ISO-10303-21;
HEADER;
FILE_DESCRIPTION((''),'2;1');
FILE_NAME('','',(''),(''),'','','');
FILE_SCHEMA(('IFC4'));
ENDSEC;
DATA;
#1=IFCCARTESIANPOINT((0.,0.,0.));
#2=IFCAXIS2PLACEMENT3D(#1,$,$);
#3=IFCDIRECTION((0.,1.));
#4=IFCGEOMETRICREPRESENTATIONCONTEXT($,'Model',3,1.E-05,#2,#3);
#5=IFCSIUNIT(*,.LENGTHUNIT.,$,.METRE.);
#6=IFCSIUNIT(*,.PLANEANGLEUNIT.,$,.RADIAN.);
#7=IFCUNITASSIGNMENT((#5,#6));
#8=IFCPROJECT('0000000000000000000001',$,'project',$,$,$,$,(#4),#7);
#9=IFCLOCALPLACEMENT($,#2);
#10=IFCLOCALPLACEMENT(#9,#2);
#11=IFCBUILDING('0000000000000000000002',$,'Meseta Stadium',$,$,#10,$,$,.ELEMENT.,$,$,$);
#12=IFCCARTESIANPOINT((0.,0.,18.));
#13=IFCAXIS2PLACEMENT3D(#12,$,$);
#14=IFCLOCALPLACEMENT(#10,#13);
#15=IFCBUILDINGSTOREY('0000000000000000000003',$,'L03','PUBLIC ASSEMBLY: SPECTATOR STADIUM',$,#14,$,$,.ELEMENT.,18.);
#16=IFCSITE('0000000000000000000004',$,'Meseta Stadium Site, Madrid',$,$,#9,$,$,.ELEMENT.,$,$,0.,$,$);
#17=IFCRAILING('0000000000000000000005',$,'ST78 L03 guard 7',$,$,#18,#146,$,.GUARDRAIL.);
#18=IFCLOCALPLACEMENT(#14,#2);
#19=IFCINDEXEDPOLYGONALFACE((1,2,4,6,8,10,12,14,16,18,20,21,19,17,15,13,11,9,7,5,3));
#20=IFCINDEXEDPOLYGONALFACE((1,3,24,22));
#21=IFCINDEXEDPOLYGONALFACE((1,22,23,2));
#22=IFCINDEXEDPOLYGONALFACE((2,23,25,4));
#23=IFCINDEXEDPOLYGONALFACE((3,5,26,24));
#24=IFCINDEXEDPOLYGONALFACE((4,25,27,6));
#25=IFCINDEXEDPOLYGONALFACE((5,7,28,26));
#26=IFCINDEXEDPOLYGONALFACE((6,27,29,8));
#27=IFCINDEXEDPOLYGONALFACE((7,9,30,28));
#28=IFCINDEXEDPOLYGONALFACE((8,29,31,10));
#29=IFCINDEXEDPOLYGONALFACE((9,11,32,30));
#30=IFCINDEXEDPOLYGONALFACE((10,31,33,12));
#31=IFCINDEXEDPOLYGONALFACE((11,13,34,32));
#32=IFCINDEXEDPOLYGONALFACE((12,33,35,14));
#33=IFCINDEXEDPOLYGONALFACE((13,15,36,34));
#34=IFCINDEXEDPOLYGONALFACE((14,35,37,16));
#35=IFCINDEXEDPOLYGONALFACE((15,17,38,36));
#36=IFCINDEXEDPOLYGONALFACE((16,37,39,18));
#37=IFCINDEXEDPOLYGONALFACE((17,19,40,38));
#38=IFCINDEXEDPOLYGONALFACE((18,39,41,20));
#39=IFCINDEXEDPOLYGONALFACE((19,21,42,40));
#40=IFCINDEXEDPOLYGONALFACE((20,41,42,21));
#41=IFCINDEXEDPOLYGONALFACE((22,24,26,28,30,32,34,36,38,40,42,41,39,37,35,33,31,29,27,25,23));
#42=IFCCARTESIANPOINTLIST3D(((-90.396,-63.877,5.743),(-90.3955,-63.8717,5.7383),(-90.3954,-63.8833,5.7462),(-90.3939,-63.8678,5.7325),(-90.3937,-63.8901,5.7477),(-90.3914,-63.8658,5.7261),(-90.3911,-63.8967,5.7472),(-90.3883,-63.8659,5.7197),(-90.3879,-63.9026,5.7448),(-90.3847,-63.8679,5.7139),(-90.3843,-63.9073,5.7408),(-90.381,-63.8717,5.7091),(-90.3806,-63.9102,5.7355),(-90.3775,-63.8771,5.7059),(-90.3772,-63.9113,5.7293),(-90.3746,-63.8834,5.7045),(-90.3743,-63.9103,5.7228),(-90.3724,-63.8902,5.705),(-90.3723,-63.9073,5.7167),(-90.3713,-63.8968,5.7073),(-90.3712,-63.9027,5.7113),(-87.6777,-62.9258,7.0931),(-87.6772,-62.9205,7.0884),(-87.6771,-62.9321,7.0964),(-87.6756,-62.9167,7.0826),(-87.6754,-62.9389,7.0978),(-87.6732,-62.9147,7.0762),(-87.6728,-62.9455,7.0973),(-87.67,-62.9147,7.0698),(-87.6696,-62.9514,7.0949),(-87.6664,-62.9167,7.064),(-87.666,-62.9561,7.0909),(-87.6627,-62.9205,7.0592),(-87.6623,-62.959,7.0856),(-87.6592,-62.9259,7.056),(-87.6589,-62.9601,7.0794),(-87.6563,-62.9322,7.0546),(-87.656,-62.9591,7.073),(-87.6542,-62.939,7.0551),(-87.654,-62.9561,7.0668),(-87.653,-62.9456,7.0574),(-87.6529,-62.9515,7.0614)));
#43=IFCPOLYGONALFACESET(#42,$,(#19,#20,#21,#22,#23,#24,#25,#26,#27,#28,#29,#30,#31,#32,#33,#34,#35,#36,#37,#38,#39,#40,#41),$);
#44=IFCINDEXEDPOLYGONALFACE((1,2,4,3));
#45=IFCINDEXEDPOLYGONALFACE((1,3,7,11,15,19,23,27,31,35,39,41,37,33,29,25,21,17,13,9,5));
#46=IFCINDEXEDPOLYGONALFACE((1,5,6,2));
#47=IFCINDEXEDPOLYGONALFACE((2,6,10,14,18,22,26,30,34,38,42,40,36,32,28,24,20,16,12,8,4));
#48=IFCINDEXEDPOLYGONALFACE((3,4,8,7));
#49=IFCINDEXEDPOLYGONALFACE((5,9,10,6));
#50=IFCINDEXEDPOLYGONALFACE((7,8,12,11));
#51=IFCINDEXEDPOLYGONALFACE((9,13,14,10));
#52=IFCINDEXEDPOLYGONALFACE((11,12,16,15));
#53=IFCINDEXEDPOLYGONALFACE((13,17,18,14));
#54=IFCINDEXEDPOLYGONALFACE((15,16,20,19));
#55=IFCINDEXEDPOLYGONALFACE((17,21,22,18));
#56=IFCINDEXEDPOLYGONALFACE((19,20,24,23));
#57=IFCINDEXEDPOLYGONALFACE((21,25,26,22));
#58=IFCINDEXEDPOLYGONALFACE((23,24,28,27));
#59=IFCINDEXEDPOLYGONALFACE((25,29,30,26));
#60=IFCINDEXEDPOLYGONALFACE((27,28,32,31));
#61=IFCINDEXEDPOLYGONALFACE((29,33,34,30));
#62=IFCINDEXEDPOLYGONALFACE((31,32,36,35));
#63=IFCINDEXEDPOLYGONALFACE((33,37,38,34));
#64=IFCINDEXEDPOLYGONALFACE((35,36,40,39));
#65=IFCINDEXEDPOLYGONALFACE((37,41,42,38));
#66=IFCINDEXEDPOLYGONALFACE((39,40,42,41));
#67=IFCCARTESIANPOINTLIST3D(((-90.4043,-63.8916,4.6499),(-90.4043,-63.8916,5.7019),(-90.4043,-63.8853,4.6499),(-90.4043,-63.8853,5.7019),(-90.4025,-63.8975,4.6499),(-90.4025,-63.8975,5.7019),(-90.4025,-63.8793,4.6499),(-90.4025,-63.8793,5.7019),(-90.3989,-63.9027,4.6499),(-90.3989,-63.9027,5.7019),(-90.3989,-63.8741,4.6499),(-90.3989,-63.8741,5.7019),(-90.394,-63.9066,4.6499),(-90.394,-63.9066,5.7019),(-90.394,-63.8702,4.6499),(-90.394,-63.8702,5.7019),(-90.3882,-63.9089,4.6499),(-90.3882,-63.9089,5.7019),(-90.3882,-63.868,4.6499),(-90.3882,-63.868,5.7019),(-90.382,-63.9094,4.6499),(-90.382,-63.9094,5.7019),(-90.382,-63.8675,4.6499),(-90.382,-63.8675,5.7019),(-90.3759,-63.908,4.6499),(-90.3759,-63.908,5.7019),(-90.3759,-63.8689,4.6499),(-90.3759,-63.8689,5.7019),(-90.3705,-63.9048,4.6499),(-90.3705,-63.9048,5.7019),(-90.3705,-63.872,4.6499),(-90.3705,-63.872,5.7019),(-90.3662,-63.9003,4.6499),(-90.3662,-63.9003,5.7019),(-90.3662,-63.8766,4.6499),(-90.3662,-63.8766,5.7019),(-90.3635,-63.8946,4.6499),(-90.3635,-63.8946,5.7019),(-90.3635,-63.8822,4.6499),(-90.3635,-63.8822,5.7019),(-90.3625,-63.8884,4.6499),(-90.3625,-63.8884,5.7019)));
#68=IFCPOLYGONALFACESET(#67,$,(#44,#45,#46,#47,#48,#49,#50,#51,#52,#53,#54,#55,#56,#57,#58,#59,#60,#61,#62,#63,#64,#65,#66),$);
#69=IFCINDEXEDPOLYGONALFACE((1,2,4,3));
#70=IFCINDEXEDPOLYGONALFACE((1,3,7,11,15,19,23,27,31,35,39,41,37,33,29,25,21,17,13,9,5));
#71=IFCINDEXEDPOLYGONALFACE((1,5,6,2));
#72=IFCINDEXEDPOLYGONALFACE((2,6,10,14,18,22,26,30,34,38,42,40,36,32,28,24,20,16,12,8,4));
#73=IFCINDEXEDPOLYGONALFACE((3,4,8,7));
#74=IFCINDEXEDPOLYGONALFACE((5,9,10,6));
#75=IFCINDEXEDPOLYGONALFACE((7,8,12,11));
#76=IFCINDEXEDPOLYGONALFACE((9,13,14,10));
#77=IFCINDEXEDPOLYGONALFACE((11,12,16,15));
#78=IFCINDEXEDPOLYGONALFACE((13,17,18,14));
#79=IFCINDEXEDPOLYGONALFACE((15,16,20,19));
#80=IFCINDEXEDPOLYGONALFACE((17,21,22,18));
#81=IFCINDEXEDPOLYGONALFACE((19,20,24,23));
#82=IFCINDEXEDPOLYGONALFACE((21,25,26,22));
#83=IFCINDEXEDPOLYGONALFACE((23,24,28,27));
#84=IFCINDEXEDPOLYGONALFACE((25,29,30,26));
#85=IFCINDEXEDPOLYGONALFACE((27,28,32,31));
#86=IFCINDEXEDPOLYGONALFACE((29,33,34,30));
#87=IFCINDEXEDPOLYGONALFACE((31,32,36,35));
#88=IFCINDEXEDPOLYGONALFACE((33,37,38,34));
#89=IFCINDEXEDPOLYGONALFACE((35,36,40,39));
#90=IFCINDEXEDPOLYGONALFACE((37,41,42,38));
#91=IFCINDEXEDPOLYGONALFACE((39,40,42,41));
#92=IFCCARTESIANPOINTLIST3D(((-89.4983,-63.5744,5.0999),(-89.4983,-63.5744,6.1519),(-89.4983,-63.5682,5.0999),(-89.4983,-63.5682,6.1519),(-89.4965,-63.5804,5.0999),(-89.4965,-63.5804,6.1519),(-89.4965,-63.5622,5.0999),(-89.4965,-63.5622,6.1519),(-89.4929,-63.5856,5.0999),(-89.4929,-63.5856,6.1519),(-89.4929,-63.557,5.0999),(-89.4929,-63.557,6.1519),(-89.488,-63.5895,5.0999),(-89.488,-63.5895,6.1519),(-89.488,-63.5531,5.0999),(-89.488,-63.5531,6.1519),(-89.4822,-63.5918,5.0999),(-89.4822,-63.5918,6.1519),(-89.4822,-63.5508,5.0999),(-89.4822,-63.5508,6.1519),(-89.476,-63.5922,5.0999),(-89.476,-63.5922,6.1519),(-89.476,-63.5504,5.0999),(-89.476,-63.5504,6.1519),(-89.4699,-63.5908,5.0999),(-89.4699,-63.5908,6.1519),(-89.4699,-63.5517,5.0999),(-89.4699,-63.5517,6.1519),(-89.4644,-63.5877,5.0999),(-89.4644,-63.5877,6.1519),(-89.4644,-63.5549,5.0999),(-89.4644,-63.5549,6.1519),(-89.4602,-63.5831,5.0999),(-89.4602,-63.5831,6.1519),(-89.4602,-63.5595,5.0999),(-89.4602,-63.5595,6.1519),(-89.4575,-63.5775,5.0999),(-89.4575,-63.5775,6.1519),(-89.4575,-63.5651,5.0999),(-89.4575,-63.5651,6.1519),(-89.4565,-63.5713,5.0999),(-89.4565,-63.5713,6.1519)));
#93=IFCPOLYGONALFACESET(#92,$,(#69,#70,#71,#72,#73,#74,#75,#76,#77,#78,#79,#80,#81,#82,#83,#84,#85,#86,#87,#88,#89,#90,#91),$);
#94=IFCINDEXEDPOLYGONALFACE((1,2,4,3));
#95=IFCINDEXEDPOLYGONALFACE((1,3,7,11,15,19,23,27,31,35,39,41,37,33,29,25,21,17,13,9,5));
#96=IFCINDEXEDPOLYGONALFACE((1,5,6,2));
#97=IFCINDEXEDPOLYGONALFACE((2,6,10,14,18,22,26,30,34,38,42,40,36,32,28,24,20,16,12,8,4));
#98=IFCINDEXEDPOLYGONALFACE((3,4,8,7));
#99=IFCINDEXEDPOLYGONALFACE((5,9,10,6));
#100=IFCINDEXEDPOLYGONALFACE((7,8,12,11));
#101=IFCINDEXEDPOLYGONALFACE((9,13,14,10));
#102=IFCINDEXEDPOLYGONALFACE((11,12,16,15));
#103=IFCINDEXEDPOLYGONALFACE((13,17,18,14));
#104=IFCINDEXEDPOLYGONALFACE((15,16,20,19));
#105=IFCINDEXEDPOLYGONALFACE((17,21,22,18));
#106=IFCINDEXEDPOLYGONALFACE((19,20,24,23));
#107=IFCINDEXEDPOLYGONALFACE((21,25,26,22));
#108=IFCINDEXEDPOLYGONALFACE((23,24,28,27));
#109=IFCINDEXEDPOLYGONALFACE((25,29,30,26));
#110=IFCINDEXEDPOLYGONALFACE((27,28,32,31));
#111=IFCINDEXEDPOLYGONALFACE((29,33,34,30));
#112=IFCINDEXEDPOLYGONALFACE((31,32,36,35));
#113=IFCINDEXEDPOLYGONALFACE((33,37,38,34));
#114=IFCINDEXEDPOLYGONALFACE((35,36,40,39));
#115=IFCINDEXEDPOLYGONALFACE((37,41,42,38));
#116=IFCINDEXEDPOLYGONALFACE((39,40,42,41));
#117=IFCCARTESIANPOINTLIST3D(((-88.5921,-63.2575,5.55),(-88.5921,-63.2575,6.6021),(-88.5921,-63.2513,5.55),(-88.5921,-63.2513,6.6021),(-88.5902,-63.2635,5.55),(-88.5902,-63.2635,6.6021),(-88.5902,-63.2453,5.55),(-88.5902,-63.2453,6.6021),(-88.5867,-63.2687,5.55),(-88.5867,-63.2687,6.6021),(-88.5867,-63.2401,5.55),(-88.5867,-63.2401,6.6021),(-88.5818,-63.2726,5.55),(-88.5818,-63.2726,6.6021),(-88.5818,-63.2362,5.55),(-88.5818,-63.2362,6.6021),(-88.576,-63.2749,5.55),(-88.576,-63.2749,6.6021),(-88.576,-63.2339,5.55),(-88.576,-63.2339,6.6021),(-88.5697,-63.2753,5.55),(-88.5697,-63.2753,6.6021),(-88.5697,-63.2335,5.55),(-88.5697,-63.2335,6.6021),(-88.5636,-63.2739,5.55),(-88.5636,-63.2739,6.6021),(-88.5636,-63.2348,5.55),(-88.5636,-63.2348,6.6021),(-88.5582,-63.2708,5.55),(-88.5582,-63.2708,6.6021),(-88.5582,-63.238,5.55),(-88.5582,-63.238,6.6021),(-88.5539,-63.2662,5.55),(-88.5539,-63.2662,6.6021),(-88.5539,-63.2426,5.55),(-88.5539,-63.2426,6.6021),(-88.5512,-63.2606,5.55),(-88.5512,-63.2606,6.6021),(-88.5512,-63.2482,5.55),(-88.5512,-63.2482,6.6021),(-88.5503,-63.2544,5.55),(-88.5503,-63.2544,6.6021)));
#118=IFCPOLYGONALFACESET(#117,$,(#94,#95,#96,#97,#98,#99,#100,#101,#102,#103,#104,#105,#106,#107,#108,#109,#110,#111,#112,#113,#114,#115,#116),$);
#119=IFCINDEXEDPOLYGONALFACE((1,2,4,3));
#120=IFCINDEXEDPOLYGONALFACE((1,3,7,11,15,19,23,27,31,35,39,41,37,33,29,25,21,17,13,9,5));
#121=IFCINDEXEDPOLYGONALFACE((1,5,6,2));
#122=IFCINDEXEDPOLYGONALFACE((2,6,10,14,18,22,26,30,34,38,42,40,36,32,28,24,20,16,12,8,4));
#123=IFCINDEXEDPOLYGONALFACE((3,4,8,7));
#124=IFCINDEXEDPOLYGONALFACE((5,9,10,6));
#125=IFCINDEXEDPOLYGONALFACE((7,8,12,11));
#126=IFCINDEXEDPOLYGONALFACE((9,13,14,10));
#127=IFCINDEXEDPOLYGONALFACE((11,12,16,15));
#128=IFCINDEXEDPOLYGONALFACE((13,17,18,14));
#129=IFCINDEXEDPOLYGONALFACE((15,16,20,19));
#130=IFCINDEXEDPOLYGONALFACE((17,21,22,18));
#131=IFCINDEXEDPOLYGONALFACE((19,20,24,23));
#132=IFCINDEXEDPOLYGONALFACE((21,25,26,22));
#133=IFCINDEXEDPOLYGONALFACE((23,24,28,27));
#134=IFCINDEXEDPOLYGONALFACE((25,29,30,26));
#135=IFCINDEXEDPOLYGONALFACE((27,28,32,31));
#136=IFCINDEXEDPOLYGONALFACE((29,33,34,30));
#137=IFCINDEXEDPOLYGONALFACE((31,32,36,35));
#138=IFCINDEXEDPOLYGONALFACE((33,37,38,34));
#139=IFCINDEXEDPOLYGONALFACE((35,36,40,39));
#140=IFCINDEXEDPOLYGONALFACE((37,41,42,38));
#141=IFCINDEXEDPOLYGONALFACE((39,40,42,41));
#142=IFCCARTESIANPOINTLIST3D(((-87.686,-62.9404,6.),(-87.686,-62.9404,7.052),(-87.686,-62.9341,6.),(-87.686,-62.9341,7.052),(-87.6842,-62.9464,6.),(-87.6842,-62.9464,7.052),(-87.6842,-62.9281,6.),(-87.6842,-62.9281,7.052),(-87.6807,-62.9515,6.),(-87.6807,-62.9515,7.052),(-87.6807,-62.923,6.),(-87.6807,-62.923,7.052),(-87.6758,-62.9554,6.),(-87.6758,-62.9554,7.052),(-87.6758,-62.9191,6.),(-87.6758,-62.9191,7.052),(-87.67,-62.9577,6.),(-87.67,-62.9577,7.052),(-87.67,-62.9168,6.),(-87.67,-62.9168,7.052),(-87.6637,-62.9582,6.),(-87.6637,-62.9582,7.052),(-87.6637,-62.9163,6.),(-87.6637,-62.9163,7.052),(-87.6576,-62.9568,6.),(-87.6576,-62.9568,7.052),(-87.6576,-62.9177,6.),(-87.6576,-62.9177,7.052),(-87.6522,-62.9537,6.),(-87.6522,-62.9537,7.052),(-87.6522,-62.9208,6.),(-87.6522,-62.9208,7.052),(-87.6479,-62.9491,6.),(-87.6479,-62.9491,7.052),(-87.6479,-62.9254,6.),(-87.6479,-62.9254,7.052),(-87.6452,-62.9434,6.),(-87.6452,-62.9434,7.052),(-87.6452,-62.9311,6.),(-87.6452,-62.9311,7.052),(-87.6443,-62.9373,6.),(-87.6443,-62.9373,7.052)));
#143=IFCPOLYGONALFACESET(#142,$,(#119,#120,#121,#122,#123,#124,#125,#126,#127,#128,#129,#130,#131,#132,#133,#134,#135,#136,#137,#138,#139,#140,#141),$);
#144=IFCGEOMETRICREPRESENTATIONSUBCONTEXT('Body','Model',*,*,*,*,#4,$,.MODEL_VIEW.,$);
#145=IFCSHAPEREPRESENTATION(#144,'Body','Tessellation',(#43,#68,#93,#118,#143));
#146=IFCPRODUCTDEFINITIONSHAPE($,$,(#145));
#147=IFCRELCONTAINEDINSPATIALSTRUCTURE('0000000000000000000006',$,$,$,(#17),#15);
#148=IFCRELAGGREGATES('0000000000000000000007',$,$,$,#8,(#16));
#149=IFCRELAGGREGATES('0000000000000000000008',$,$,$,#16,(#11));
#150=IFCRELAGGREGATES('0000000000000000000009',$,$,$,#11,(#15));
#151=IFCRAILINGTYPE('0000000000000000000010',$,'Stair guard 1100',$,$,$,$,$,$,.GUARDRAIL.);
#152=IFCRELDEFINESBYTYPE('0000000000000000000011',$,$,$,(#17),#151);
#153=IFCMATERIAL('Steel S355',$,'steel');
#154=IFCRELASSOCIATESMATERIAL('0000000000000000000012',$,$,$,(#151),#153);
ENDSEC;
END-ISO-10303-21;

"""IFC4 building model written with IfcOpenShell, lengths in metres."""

from ifc_helpers import new_model, si_unit, direction, frame, origin, origin_2d, place, context, subcontext, project, spatial, circle, extrude, material, type_object, element, save


model = new_model("IFC4")

# Units and contexts
model_context = context("Model", 3, precision=1e-05, world=origin(), true_north=direction((0.0, 1.0)))
body_context = subcontext(model_context, "Body", "Model", "MODEL_VIEW")
ifc_project = project(units=[si_unit("LENGTHUNIT", "METRE"), si_unit("PLANEANGLEUNIT", "RADIAN")], contexts=[model_context])

# Site, building, storey
site_placement = place(None, origin())
site = spatial("IfcSite", under=ifc_project, at=site_placement, Name="Meseta Stadium Site, Madrid", CompositionType="ELEMENT", RefElevation=0.0)
building_placement = place(site_placement, origin())
building = spatial("IfcBuilding", under=site, at=building_placement, Name="Meseta Stadium", CompositionType="ELEMENT")
storey_placement = place(building_placement, frame((0.0, 0.0, 18.0)))
storey = spatial("IfcBuildingStorey", under=building, at=storey_placement, Name="L03", Description="PUBLIC ASSEMBLY: SPECTATOR STADIUM", CompositionType="ELEMENT", Elevation=18.0)

# Railing
ifc_material_1 = material(Name="Steel S355", Category="steel")
railing_type_1 = type_object("IfcRailingType", Name="Stair guard 1100", PredefinedType="GUARDRAIL", material=ifc_material_1)
railing_1_placement = place(storey_placement, frame((-90.3835, -63.8884, 4.6499)))
element("IfcRailing", 1, at=railing_1_placement, inside=storey, type_object=railing_type_1, Name="ST78 L03 guard 7", PredefinedType="GUARDRAIL", context=body_context, shape_type="SweptSolid", body=[
    extrude(circle(Radius=0.0239, at=origin_2d()), frame((0.0, 0.0, 1.0762), z_axis=(0.854629, 0.299051, 0.424474), x_axis=(-0.330282, 0.943882, 0.0)), (0.0, 0.0, 1.0), 3.1807),
    extrude(circle(Radius=0.021, at=origin_2d()), origin(), (0.0, 0.0, 1.0), 1.052),
    extrude(circle(Radius=0.021, at=origin_2d()), frame((0.906, 0.3171, 0.45)), (0.0, 0.0, 1.0), 1.052),
    extrude(circle(Radius=0.021, at=origin_2d()), frame((1.8123, 0.634, 0.9001)), (0.0, 0.0, 1.0), 1.052),
    extrude(circle(Radius=0.021, at=origin_2d()), frame((2.7183, 0.9512, 1.3501)), (0.0, 0.0, 1.0), 1.052),
])

save(model, "model.ifc")
